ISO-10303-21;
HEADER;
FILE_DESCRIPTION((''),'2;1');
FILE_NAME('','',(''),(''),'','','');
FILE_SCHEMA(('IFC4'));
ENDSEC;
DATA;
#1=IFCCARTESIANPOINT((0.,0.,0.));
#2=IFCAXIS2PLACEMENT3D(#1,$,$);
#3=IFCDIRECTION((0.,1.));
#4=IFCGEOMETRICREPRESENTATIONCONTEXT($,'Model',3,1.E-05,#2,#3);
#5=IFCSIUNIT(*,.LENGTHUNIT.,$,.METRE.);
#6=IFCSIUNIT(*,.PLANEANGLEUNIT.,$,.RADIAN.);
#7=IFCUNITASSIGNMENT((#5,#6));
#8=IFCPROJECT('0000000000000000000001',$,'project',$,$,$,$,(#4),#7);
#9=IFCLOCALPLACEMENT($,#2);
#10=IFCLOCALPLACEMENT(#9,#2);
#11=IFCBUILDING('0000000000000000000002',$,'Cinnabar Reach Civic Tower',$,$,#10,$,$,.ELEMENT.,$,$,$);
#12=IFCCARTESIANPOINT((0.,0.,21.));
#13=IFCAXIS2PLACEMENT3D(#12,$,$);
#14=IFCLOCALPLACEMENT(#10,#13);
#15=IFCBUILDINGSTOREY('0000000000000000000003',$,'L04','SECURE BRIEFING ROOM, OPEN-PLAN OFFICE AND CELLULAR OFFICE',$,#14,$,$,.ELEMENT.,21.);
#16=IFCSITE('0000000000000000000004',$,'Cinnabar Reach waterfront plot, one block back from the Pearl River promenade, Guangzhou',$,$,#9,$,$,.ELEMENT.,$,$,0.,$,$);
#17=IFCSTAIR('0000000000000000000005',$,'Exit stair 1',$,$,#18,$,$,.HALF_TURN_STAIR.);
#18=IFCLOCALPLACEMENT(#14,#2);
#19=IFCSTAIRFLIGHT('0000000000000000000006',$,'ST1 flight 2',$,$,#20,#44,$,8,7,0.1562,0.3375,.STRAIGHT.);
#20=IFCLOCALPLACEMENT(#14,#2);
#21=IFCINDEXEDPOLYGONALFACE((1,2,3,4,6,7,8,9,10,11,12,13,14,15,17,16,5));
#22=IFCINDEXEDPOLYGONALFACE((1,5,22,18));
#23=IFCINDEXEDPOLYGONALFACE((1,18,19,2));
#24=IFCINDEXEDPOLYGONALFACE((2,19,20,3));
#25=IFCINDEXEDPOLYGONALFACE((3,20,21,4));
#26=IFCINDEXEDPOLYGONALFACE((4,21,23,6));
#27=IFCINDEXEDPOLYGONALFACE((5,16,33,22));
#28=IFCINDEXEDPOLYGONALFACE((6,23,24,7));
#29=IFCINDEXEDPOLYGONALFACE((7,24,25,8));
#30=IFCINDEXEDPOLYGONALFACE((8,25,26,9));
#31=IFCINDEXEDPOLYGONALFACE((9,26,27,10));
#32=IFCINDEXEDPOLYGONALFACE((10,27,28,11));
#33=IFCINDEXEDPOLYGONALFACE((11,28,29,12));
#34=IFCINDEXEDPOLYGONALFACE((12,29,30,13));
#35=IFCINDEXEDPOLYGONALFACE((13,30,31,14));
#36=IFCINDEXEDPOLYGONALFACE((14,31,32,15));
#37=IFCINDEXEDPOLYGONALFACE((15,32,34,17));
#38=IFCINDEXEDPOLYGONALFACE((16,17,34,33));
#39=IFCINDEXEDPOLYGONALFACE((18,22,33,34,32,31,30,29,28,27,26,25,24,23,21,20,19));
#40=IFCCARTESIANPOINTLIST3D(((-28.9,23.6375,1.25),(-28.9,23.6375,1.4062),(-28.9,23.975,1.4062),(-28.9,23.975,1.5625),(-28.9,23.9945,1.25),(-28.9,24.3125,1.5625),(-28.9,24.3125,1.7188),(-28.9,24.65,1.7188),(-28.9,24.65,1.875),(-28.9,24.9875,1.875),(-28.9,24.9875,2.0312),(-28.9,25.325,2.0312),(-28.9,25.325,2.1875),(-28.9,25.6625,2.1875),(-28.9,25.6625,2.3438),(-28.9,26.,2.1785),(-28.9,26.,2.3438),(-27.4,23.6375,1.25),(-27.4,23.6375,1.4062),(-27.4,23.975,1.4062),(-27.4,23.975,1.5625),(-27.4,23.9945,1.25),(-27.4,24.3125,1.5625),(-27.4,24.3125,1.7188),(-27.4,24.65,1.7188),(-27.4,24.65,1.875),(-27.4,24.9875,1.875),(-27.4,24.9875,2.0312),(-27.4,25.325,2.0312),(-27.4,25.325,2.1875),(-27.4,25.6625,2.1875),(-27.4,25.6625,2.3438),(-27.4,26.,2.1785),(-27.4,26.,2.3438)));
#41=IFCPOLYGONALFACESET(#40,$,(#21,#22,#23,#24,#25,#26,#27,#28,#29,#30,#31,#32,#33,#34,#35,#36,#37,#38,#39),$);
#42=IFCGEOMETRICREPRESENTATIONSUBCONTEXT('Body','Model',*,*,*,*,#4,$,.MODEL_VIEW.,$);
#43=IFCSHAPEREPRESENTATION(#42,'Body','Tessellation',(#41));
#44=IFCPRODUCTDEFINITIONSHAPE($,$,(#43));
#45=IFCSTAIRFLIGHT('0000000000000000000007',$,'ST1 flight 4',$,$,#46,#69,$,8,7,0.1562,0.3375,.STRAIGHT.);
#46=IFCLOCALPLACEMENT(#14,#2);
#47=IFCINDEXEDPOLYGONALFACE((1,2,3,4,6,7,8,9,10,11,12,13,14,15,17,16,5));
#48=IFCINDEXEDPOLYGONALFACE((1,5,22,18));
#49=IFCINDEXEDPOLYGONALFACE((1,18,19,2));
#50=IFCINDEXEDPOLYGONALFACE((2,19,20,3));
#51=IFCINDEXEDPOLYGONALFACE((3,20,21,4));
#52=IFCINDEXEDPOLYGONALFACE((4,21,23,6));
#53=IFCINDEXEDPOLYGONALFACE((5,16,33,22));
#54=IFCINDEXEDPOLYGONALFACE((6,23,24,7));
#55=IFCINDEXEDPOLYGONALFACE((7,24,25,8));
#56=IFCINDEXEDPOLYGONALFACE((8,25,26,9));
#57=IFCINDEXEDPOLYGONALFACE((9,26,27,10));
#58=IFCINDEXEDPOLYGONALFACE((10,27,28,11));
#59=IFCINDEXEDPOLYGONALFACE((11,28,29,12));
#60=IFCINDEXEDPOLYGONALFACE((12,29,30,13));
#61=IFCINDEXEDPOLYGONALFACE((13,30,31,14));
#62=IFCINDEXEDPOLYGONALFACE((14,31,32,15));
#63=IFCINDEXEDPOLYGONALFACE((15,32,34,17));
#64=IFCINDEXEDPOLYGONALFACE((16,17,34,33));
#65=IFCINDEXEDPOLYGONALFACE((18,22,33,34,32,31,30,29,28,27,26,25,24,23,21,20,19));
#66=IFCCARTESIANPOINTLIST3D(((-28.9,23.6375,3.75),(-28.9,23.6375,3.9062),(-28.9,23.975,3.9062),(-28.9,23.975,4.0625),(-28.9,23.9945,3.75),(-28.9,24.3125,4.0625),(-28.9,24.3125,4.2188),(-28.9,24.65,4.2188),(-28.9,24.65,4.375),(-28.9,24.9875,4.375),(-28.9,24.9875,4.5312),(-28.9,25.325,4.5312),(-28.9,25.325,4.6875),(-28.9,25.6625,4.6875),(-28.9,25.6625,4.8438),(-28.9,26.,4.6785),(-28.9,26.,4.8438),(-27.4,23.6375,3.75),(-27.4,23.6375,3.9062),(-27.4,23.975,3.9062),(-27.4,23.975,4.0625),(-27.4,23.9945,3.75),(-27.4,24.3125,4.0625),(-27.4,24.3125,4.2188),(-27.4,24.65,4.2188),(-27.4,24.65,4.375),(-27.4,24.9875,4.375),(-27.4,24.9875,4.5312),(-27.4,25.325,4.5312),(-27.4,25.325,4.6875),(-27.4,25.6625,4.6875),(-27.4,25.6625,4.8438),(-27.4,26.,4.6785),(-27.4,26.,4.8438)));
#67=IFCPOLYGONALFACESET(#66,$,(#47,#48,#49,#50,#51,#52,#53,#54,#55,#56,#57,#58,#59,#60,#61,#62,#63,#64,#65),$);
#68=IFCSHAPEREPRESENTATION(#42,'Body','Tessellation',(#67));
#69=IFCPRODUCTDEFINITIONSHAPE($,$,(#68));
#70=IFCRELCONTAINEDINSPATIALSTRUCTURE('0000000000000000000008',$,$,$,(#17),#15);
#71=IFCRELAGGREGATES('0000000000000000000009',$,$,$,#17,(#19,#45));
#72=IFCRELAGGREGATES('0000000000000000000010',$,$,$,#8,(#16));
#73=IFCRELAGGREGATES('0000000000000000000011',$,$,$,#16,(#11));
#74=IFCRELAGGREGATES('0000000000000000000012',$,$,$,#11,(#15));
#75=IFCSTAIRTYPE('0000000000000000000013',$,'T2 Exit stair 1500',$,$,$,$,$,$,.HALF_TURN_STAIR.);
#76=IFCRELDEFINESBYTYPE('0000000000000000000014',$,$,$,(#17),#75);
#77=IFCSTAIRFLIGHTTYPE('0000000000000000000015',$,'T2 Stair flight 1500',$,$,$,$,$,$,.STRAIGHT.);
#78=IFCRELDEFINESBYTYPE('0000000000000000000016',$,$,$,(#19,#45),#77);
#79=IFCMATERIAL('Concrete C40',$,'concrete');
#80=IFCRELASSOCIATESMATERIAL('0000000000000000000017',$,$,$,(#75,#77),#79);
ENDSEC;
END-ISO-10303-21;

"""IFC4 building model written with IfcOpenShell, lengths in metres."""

from ifc_helpers import new_model, si_unit, direction, frame, origin, place, context, subcontext, project, spatial, polyline, outline, extrude, material, type_object, element, aggregate, save


model = new_model("IFC4")

# Units and contexts
model_context = context("Model", 3, precision=1e-05, world=origin(), true_north=direction((0.0, 1.0)))
body_context = subcontext(model_context, "Body", "Model", "MODEL_VIEW")
ifc_project = project(units=[si_unit("LENGTHUNIT", "METRE"), si_unit("PLANEANGLEUNIT", "RADIAN")], contexts=[model_context])

# Site, building, storey
site_placement = place(None, origin())
site = spatial("IfcSite", under=ifc_project, at=site_placement, Name="Cinnabar Reach waterfront plot, one block back from the Pearl River promenade, Guangzhou", CompositionType="ELEMENT", RefElevation=0.0)
building_placement = place(site_placement, origin())
building = spatial("IfcBuilding", under=site, at=building_placement, Name="Cinnabar Reach Civic Tower", CompositionType="ELEMENT")
storey_placement = place(building_placement, frame((0.0, 0.0, 21.0)))
storey = spatial("IfcBuildingStorey", under=building, at=storey_placement, Name="L04", Description="SECURE BRIEFING ROOM, OPEN-PLAN OFFICE AND CELLULAR OFFICE", CompositionType="ELEMENT", Elevation=21.0)

# Shared definitions
ifc_material_1 = material(Name="Concrete C40", Category="concrete")

# Stair, stair flights
stair_type = type_object("IfcStairType", Name="T2 Exit stair 1500", PredefinedType="HALF_TURN_STAIR", material=ifc_material_1)
stair_placement = place(storey_placement, origin())
stair = element("IfcStair", 1, at=stair_placement, inside=storey, type_object=stair_type, Name="Exit stair 1", PredefinedType="HALF_TURN_STAIR")
stair_flight_type = type_object("IfcStairFlightType", Name="T2 Stair flight 1500", PredefinedType="STRAIGHT", material=ifc_material_1)
stair_flight_1_placement = place(storey_placement, frame((-28.15, 23.6375, 1.25), z_axis=(0.0, 0.0, 1.0), x_axis=(0.0, 1.0, 0.0)))
stair_flight_1 = element("IfcStairFlight", 2, at=stair_flight_1_placement, type_object=stair_flight_type, Name="ST1 flight 2", NumberOfRisers=8, NumberOfTreads=7, PredefinedType="STRAIGHT", RiserHeight=0.1562, TreadLength=0.3375, context=body_context, shape_type="SweptSolid", body=[
    extrude(outline(polyline([(0.0, 0.0), (0.0, 0.1562), (0.3375, 0.1562), (0.3375, 0.3125), (0.675, 0.3125), (0.675, 0.4688), (1.0125, 0.4688), (1.0125, 0.625), (1.35, 0.625), (1.35, 0.7812), (1.6875, 0.7812), (1.6875, 0.9375), (2.025, 0.9375), (2.025, 1.0938), (2.3625, 1.0938), (2.3625, 1.25), (2.3625, 0.9285), (0.357, 0.0), (0.0, 0.0)])), frame((0.0, 0.75, 0.0), z_axis=(0.0, -1.0, 0.0), x_axis=(1.0, 0.0, 0.0)), (0.0, 0.0, 1.0), 1.5),
])
stair_flight_2_placement = place(storey_placement, frame((-28.15, 23.6375, 3.75), z_axis=(0.0, 0.0, 1.0), x_axis=(0.0, 1.0, 0.0)))
stair_flight_2 = element("IfcStairFlight", 3, at=stair_flight_2_placement, type_object=stair_flight_type, Name="ST1 flight 4", NumberOfRisers=8, NumberOfTreads=7, PredefinedType="STRAIGHT", RiserHeight=0.1562, TreadLength=0.3375, context=body_context, shape_type="SweptSolid", body=[
    extrude(outline(polyline([(0.0, 0.0), (0.0, 0.1562), (0.3375, 0.1562), (0.3375, 0.3125), (0.675, 0.3125), (0.675, 0.4688), (1.0125, 0.4688), (1.0125, 0.625), (1.35, 0.625), (1.35, 0.7812), (1.6875, 0.7812), (1.6875, 0.9375), (2.025, 0.9375), (2.025, 1.0938), (2.3625, 1.0938), (2.3625, 1.25), (2.3625, 0.9285), (0.357, 0.0), (0.0, 0.0)])), frame((0.0, 0.75, 0.0), z_axis=(0.0, -1.0, 0.0), x_axis=(1.0, 0.0, 0.0)), (0.0, 0.0, 1.0), 1.5),
])
aggregate(stair, [stair_flight_1, stair_flight_2])

save(model, "model.ifc")
